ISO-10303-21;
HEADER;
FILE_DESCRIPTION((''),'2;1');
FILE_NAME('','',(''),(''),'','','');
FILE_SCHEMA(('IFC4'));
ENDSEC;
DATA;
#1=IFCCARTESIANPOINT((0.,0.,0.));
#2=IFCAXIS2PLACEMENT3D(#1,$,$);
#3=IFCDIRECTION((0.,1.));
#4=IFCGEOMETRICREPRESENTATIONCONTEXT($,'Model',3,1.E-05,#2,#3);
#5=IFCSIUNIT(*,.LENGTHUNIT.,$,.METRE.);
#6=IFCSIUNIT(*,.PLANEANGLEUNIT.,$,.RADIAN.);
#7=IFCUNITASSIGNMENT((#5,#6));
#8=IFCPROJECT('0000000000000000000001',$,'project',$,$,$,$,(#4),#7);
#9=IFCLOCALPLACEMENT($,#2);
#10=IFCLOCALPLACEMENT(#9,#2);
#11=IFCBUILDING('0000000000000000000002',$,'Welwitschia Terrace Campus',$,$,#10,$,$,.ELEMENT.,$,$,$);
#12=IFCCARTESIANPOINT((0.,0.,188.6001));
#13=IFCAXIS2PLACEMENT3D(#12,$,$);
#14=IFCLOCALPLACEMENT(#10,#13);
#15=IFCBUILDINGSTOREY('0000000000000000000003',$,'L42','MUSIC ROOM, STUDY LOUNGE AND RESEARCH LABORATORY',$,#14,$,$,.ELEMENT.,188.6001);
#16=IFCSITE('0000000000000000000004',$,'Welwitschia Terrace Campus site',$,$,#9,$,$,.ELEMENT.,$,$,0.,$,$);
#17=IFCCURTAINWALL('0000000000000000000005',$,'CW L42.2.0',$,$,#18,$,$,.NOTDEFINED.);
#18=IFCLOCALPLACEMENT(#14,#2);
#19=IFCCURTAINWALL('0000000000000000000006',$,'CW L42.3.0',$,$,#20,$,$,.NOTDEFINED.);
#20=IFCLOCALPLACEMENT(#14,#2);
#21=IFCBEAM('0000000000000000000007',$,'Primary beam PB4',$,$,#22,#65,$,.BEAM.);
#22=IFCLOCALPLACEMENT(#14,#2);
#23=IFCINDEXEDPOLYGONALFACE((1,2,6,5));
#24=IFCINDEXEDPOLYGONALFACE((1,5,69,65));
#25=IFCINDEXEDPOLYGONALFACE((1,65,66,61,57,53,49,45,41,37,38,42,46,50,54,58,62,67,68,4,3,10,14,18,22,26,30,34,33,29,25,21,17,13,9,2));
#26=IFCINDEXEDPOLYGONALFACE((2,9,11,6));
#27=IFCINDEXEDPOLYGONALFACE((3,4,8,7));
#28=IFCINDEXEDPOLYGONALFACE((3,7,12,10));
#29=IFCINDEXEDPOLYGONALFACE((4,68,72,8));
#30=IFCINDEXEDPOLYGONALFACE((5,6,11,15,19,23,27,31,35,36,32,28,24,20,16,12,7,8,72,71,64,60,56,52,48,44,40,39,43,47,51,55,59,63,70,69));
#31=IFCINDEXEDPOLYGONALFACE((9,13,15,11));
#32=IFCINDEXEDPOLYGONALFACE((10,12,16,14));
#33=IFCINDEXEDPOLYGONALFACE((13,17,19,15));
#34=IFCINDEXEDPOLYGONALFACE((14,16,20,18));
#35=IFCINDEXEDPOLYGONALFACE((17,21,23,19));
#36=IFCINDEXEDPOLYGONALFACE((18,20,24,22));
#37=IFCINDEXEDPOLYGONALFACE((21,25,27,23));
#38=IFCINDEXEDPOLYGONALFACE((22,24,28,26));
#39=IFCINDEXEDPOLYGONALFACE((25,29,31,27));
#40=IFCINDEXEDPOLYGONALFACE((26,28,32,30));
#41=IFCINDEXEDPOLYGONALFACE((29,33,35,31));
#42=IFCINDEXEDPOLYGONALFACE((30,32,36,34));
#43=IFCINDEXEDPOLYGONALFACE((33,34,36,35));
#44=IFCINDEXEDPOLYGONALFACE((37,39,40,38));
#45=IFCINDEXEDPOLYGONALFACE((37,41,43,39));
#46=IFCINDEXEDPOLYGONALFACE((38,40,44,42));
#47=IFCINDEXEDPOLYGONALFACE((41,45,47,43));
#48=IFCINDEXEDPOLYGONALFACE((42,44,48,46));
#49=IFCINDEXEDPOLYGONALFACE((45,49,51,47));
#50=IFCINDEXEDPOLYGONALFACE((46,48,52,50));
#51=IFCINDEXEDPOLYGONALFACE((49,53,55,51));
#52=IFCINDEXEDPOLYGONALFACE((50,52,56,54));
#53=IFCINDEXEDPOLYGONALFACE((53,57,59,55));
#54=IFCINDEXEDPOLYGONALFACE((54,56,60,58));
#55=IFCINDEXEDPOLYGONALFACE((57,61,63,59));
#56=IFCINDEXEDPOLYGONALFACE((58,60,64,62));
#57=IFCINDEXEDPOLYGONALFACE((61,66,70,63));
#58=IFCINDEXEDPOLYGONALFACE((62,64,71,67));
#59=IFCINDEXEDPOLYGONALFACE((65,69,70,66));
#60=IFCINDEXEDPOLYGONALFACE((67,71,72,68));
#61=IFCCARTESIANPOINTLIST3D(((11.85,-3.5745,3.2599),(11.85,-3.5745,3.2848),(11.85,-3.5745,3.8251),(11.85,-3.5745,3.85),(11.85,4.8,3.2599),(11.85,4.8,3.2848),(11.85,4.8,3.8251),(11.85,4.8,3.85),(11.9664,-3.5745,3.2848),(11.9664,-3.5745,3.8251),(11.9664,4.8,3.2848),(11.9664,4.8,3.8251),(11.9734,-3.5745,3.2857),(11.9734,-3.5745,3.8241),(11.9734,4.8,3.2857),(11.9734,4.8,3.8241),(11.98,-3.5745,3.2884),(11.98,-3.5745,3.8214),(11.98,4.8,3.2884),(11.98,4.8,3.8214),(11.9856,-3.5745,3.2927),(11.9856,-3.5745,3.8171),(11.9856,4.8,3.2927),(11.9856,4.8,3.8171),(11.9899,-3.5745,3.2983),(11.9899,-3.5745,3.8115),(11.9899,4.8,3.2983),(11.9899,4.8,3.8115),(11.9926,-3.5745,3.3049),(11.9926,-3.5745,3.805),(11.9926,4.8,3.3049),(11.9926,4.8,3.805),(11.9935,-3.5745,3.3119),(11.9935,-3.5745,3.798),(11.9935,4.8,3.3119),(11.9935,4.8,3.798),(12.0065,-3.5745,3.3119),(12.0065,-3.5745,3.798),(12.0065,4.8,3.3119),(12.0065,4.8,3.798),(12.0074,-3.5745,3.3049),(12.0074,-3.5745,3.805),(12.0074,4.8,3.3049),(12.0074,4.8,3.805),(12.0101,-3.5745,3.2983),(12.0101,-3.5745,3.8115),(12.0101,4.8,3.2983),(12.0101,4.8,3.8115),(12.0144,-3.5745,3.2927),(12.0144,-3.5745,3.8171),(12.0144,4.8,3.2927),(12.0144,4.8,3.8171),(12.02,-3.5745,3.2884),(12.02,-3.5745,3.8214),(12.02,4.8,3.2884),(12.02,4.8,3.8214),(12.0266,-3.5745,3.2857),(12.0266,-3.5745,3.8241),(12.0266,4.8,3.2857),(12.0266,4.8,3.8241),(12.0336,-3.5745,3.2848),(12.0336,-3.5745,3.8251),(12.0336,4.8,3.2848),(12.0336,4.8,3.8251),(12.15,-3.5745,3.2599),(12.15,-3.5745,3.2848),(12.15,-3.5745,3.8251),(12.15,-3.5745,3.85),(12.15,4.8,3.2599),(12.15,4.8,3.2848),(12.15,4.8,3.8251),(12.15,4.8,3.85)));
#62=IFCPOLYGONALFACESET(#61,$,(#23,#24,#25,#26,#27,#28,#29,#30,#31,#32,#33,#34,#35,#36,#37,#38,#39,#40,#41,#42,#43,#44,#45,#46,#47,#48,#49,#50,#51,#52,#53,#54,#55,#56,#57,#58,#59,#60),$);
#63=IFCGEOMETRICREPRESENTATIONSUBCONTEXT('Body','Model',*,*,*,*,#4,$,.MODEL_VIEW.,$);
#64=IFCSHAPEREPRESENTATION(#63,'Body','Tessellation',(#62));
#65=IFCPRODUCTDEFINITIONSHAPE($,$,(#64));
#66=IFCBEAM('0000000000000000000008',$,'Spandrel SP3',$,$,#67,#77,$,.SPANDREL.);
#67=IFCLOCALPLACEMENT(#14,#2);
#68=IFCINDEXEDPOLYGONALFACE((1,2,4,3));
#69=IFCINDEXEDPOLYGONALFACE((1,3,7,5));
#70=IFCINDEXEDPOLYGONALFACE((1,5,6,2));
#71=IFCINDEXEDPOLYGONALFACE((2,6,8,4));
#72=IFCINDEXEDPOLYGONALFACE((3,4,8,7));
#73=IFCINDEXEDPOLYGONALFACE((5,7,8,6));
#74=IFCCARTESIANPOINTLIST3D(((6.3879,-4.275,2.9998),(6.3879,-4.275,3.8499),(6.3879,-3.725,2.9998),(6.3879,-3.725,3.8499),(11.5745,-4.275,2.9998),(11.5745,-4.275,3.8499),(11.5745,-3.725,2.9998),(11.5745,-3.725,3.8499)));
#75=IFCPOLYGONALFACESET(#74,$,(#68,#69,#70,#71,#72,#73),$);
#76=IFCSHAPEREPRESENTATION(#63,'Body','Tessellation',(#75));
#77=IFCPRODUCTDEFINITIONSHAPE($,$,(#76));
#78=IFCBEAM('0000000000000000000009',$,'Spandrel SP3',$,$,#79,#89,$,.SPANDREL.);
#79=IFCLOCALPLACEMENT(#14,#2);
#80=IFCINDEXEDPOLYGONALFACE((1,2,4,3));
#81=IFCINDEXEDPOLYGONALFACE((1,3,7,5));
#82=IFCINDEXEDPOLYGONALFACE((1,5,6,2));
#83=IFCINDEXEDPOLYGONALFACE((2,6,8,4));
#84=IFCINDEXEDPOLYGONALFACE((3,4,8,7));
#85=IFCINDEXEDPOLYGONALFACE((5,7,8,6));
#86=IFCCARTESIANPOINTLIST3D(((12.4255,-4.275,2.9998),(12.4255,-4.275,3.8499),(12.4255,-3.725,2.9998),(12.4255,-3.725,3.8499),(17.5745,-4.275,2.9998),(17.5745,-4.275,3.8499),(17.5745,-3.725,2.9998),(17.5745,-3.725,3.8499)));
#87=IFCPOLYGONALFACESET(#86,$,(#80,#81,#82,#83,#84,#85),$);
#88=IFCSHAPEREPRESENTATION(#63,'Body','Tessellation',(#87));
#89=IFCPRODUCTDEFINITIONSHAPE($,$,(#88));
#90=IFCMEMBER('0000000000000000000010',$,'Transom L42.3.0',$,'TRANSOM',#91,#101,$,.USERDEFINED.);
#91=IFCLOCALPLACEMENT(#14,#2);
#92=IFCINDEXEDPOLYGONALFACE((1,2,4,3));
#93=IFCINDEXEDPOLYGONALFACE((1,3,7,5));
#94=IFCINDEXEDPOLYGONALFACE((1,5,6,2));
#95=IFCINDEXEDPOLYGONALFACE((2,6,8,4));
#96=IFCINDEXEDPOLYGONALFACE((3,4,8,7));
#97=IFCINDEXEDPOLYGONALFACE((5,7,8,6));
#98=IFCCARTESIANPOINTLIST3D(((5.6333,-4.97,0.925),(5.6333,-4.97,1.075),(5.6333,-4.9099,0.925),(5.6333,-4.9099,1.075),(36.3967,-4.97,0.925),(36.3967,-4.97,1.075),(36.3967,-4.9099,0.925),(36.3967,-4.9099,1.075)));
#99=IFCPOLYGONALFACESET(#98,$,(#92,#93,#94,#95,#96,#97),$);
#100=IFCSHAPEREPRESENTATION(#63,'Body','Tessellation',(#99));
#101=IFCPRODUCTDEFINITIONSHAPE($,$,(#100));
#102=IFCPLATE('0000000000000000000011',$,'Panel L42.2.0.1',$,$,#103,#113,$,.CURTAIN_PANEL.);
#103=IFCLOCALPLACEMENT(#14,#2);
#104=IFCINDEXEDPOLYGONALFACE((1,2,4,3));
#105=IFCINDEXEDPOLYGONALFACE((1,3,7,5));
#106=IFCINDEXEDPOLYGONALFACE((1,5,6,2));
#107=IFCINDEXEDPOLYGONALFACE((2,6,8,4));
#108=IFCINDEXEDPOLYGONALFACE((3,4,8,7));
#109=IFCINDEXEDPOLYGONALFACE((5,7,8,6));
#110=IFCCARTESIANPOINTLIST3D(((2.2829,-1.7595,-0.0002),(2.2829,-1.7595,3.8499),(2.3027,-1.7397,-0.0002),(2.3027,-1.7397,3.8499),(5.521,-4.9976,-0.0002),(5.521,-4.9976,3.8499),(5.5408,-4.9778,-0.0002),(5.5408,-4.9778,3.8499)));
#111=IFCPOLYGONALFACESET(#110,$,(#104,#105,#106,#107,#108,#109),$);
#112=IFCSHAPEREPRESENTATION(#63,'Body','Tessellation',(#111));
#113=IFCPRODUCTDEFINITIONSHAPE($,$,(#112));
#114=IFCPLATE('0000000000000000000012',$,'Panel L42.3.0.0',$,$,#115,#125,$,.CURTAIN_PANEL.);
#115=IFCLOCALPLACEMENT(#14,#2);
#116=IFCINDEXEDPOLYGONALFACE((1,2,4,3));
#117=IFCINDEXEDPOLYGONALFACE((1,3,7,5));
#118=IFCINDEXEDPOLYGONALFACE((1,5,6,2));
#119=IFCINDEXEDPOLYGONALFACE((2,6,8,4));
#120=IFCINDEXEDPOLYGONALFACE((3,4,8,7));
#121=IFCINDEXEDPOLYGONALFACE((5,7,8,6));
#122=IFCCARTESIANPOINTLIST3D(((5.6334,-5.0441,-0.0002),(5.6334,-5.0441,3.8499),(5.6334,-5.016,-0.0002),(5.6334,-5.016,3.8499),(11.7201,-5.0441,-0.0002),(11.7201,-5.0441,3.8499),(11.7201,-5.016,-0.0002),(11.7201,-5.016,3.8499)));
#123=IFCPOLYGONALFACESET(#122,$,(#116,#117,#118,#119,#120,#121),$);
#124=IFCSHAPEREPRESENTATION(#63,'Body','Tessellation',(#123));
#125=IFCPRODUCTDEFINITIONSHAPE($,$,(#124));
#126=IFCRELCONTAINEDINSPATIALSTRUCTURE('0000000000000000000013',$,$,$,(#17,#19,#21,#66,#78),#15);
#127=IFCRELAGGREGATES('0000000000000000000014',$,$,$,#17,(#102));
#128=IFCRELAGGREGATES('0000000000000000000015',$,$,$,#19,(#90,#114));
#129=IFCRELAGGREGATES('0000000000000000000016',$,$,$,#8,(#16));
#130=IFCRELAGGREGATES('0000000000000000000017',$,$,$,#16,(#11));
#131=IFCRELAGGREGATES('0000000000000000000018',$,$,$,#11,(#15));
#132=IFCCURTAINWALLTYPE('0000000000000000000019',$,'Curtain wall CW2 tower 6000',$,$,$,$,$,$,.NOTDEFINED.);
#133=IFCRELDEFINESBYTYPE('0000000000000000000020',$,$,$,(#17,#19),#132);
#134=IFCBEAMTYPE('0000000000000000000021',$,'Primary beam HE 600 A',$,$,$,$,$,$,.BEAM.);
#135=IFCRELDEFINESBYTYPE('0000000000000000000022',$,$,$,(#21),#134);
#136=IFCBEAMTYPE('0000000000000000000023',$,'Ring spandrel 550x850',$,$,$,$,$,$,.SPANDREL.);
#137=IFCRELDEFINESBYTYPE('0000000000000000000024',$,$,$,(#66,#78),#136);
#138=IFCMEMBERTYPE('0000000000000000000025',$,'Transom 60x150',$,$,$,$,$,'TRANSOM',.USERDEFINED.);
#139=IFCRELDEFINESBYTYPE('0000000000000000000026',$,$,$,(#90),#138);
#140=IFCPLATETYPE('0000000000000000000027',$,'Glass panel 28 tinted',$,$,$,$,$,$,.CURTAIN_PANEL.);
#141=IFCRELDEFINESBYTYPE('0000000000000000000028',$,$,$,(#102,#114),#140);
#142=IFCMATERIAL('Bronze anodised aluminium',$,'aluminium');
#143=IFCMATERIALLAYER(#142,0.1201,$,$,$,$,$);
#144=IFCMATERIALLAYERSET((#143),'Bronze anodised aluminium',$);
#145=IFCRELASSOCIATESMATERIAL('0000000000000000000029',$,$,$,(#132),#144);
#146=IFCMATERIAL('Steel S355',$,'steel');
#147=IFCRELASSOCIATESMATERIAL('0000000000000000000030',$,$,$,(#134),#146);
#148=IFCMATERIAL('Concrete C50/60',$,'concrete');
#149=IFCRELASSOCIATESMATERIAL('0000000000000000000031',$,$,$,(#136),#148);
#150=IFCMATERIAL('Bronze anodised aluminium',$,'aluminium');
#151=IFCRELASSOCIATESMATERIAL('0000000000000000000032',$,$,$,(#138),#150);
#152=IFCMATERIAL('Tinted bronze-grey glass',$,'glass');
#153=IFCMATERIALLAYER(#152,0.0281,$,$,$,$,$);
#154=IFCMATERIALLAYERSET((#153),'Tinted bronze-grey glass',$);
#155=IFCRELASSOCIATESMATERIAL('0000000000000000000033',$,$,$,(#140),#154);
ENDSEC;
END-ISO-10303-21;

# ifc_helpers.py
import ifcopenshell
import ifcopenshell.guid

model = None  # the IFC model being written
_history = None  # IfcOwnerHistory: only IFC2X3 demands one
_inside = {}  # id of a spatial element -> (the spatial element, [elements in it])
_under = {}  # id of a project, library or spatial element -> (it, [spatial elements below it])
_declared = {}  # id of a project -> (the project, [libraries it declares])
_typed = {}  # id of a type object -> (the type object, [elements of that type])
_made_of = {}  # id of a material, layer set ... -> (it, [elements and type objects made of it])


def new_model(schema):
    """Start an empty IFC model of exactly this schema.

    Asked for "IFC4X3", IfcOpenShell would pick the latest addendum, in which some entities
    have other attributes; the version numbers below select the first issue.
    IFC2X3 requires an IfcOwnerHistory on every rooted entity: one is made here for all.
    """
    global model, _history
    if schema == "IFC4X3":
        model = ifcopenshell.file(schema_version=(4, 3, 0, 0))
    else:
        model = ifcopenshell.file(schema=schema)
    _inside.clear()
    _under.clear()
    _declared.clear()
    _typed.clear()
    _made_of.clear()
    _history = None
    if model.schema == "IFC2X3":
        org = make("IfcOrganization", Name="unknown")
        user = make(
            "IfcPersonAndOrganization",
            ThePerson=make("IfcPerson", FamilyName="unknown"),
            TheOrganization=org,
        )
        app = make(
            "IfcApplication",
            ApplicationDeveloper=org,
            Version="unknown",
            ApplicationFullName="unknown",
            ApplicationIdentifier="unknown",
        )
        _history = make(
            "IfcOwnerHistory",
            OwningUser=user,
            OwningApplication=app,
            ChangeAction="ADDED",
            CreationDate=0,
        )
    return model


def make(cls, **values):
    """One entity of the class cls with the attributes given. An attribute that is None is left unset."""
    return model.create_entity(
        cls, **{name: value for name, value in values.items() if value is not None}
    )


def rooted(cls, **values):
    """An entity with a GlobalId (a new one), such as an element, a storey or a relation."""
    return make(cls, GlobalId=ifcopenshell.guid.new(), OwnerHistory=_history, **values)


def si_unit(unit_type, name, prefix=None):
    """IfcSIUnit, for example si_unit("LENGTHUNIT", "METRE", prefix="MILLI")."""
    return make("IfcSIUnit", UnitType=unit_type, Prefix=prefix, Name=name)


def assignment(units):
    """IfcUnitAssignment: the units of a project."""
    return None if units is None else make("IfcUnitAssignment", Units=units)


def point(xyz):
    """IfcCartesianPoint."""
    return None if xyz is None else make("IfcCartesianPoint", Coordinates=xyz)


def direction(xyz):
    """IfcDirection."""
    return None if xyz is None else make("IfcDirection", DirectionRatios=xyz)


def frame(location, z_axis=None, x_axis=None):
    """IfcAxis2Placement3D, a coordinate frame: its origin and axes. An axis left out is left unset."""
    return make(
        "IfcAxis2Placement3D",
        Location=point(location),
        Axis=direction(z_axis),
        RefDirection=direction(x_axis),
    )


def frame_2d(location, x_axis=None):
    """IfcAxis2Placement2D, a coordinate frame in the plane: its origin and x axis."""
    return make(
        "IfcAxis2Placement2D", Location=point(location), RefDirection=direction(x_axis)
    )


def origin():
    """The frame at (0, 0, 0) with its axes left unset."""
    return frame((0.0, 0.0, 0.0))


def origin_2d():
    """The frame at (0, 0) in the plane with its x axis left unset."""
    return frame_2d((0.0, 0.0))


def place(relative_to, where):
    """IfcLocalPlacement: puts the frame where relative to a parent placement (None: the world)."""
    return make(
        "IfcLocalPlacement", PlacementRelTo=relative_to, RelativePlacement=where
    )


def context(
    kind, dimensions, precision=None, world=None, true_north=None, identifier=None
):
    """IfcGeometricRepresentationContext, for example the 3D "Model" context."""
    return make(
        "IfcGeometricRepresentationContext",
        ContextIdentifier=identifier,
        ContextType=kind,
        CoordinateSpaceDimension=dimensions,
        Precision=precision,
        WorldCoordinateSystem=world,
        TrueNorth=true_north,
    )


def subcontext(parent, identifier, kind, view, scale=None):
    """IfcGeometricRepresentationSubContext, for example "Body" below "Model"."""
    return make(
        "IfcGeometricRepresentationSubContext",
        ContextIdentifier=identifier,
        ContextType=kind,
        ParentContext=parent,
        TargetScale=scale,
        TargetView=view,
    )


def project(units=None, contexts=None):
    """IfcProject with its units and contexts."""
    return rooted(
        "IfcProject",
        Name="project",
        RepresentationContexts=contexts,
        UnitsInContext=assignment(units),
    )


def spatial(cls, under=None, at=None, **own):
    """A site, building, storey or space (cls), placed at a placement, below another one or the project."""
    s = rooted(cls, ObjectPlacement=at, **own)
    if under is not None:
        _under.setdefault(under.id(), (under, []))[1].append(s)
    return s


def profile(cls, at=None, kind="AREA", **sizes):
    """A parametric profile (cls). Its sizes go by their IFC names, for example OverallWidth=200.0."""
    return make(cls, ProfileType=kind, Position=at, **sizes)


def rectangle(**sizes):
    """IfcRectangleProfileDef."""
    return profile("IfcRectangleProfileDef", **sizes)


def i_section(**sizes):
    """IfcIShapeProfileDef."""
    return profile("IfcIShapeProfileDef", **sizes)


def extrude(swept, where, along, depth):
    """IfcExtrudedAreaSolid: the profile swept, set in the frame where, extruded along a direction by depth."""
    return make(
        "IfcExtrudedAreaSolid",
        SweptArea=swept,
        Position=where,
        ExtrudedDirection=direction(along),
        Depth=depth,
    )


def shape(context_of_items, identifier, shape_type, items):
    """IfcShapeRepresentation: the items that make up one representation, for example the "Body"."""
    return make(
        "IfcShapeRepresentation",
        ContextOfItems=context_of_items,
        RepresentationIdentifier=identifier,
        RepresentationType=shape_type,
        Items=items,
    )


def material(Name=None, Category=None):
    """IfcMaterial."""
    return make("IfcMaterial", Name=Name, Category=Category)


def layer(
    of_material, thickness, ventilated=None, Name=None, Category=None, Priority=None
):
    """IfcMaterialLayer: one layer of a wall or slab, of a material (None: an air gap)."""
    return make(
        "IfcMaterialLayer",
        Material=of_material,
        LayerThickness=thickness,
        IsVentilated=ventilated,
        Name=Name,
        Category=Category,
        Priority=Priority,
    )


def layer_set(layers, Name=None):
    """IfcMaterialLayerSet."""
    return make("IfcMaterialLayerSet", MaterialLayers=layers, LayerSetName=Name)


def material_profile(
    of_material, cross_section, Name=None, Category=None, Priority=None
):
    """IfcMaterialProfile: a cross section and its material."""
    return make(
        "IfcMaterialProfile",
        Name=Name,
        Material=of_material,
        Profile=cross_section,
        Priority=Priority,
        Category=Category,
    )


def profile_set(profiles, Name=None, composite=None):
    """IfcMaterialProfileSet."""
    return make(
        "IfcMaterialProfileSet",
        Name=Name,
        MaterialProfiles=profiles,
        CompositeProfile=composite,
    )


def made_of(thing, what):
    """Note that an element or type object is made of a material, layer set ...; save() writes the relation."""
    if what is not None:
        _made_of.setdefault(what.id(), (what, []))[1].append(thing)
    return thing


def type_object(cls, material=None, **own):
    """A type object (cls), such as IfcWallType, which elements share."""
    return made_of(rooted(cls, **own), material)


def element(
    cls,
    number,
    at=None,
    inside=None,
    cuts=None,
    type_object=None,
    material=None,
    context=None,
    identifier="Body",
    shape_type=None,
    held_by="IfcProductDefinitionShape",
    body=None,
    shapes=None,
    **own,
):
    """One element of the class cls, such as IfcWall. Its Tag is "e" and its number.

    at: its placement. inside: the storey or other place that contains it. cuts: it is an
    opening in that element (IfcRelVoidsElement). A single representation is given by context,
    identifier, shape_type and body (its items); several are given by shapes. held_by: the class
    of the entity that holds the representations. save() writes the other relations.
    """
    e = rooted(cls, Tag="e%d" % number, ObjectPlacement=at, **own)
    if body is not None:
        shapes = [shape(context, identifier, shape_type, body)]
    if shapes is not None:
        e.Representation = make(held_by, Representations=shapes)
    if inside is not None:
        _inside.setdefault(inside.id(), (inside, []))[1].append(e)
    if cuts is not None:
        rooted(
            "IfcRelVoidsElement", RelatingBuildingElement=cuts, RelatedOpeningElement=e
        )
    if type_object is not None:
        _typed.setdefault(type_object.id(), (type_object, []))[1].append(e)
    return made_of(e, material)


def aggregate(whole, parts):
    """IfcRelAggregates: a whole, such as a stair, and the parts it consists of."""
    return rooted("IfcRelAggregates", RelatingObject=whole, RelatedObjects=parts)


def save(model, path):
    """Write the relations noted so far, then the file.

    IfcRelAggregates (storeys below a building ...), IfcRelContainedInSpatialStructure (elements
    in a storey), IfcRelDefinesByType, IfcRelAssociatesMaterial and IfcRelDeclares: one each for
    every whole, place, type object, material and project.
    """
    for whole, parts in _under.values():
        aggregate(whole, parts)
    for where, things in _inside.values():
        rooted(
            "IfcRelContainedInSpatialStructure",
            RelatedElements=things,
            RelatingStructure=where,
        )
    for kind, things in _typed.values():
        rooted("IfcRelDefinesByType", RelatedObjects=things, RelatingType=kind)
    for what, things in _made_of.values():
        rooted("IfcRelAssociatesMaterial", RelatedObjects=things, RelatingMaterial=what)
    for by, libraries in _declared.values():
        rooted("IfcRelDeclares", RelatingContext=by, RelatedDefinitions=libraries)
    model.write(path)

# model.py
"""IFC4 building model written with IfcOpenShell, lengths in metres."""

from ifc_helpers import new_model, si_unit, direction, frame, origin, origin_2d, place, context, subcontext, project, spatial, rectangle, i_section, extrude, material, layer, layer_set, material_profile, profile_set, type_object, element, aggregate, save


model = new_model("IFC4")

# Units and contexts
model_context = context("Model", 3, precision=1e-05, world=origin(), true_north=direction((0.0, 1.0)))
body_context = subcontext(model_context, "Body", "Model", "MODEL_VIEW")
ifc_project = project(units=[si_unit("LENGTHUNIT", "METRE"), si_unit("PLANEANGLEUNIT", "RADIAN")], contexts=[model_context])

# Site, building, storey
site_placement = place(None, origin())
site = spatial("IfcSite", under=ifc_project, at=site_placement, Name="Welwitschia Terrace Campus site", CompositionType="ELEMENT", RefElevation=0.0)
building_placement = place(site_placement, origin())
building = spatial("IfcBuilding", under=site, at=building_placement, Name="Welwitschia Terrace Campus", CompositionType="ELEMENT")
storey_placement = place(building_placement, frame((0.0, 0.0, 188.6001)))
storey = spatial("IfcBuildingStorey", under=building, at=storey_placement, Name="L42", Description="MUSIC ROOM, STUDY LOUNGE AND RESEARCH LABORATORY", CompositionType="ELEMENT", Elevation=188.6001)

# Curtain wall
ifc_material_1 = material(Name="Bronze anodised aluminium", Category="aluminium")
ifc_layer_1 = layer(ifc_material_1, 0.1201)
ifc_layer_set_1 = layer_set([ifc_layer_1], Name="Bronze anodised aluminium")
curtain_wall_type = type_object("IfcCurtainWallType", Name="Curtain wall CW2 tower 6000", PredefinedType="NOTDEFINED", material=ifc_layer_set_1)
curtain_wall_1_placement = place(storey_placement, origin())
curtain_wall_1 = element("IfcCurtainWall", 1, at=curtain_wall_1_placement, inside=storey, type_object=curtain_wall_type, Name="CW L42.2.0", PredefinedType="NOTDEFINED")

# Curtain wall
curtain_wall_2_placement = place(storey_placement, origin())
curtain_wall_2 = element("IfcCurtainWall", 2, at=curtain_wall_2_placement, inside=storey, type_object=curtain_wall_type, Name="CW L42.3.0", PredefinedType="NOTDEFINED")

# Beams
ifc_material_2 = material(Name="Steel S355", Category="steel")
ifc_material_profile_1 = material_profile(ifc_material_2, i_section(OverallWidth=0.3, OverallDepth=0.5901, WebThickness=0.0129, FlangeThickness=0.0249, FilletRadius=0.0271, at=origin_2d()))
ifc_profile_set_1 = profile_set([ifc_material_profile_1], Name="Steel S355")
beam_type_1 = type_object("IfcBeamType", Name="Primary beam HE 600 A", PredefinedType="BEAM", material=ifc_profile_set_1)
beam_1_placement = place(storey_placement, frame((12.0, -3.5745, 3.5549), z_axis=(0.0, 1.0, 0.0), x_axis=(-1.0, 0.0, 0.0)))
element("IfcBeam", 3, at=beam_1_placement, inside=storey, type_object=beam_type_1, Name="Primary beam PB4", PredefinedType="BEAM", context=body_context, shape_type="SweptSolid", body=[
    extrude(i_section(OverallWidth=0.3, OverallDepth=0.5901, WebThickness=0.0129, FlangeThickness=0.0249, FilletRadius=0.0271, at=origin_2d()), origin(), (0.0, 0.0, 1.0), 8.3745),
])
ifc_material_3 = material(Name="Concrete C50/60", Category="concrete")
ifc_material_profile_2 = material_profile(ifc_material_3, rectangle(XDim=0.55, YDim=0.8501, at=origin_2d()))
ifc_profile_set_2 = profile_set([ifc_material_profile_2], Name="Concrete C50/60")
beam_type_2 = type_object("IfcBeamType", Name="Ring spandrel 550x850", PredefinedType="SPANDREL", material=ifc_profile_set_2)
beam_2_placement = place(storey_placement, frame((6.3879, -4.0, 3.4248), z_axis=(1.0, 0.0, 0.0), x_axis=(0.0, 1.0, 0.0)))
element("IfcBeam", 4, at=beam_2_placement, inside=storey, type_object=beam_type_2, Name="Spandrel SP3", PredefinedType="SPANDREL", context=body_context, shape_type="SweptSolid", body=[
    extrude(rectangle(XDim=0.55, YDim=0.8501, at=origin_2d()), origin(), (0.0, 0.0, 1.0), 5.1865),
])
beam_3_placement = place(storey_placement, frame((12.4255, -4.0, 3.4248), z_axis=(1.0, 0.0, 0.0), x_axis=(0.0, 1.0, 0.0)))
element("IfcBeam", 5, at=beam_3_placement, inside=storey, type_object=beam_type_2, Name="Spandrel SP3", PredefinedType="SPANDREL", context=body_context, shape_type="SweptSolid", body=[
    extrude(rectangle(XDim=0.55, YDim=0.8501, at=origin_2d()), origin(), (0.0, 0.0, 1.0), 5.1489),
])

# Member
ifc_material_4 = material(Name="Bronze anodised aluminium", Category="aluminium")
ifc_material_profile_3 = material_profile(ifc_material_4, rectangle(XDim=0.0601, YDim=0.1499, at=origin_2d()))
ifc_profile_set_3 = profile_set([ifc_material_profile_3], Name="Bronze anodised aluminium")
member_type_1 = type_object("IfcMemberType", Name="Transom 60x150", ElementType="TRANSOM", PredefinedType="USERDEFINED", material=ifc_profile_set_3)
member_1_placement = place(storey_placement, frame((5.6333, -4.9399, 1.0), z_axis=(1.0, 0.0, 0.0), x_axis=(0.0, 1.0, 0.0)))
member_1 = element("IfcMember", 6, at=member_1_placement, type_object=member_type_1, Name="Transom L42.3.0", ObjectType="TRANSOM", PredefinedType="USERDEFINED", context=body_context, shape_type="SweptSolid", body=[
    extrude(rectangle(XDim=0.0601, YDim=0.1499, at=origin_2d()), origin(), (0.0, 0.0, 1.0), 30.7634),
])

# Plates
ifc_material_5 = material(Name="Tinted bronze-grey glass", Category="glass")
ifc_layer_2 = layer(ifc_material_5, 0.0281)
ifc_layer_set_2 = layer_set([ifc_layer_2], Name="Tinted bronze-grey glass")
plate_type = type_object("IfcPlateType", Name="Glass panel 28 tinted", PredefinedType="CURTAIN_PANEL", material=ifc_layer_set_2)
plate_1_placement = place(storey_placement, frame((3.9119, -3.3687, -0.0002), z_axis=(0.0, 0.0, 1.0), x_axis=(0.707107, -0.707107, 0.0)))
plate_1 = element("IfcPlate", 7, at=plate_1_placement, type_object=plate_type, Name="Panel L42.2.0.1", PredefinedType="CURTAIN_PANEL", context=body_context, shape_type="SweptSolid", body=[
    extrude(rectangle(XDim=4.5793, YDim=0.0281, at=origin_2d()), origin(), (0.0, 0.0, 1.0), 3.8501),
])
aggregate(curtain_wall_1, [plate_1])
plate_2_placement = place(storey_placement, frame((8.6768, -5.03, -0.0002), z_axis=(0.0, 0.0, 1.0), x_axis=(1.0, 0.0, 0.0)))
plate_2 = element("IfcPlate", 8, at=plate_2_placement, type_object=plate_type, Name="Panel L42.3.0.0", PredefinedType="CURTAIN_PANEL", context=body_context, shape_type="SweptSolid", body=[
    extrude(rectangle(XDim=6.0867, YDim=0.0281, at=origin_2d()), origin(), (0.0, 0.0, 1.0), 3.8501),
])
aggregate(curtain_wall_2, [member_1, plate_2])

save(model, "model.ifc")
